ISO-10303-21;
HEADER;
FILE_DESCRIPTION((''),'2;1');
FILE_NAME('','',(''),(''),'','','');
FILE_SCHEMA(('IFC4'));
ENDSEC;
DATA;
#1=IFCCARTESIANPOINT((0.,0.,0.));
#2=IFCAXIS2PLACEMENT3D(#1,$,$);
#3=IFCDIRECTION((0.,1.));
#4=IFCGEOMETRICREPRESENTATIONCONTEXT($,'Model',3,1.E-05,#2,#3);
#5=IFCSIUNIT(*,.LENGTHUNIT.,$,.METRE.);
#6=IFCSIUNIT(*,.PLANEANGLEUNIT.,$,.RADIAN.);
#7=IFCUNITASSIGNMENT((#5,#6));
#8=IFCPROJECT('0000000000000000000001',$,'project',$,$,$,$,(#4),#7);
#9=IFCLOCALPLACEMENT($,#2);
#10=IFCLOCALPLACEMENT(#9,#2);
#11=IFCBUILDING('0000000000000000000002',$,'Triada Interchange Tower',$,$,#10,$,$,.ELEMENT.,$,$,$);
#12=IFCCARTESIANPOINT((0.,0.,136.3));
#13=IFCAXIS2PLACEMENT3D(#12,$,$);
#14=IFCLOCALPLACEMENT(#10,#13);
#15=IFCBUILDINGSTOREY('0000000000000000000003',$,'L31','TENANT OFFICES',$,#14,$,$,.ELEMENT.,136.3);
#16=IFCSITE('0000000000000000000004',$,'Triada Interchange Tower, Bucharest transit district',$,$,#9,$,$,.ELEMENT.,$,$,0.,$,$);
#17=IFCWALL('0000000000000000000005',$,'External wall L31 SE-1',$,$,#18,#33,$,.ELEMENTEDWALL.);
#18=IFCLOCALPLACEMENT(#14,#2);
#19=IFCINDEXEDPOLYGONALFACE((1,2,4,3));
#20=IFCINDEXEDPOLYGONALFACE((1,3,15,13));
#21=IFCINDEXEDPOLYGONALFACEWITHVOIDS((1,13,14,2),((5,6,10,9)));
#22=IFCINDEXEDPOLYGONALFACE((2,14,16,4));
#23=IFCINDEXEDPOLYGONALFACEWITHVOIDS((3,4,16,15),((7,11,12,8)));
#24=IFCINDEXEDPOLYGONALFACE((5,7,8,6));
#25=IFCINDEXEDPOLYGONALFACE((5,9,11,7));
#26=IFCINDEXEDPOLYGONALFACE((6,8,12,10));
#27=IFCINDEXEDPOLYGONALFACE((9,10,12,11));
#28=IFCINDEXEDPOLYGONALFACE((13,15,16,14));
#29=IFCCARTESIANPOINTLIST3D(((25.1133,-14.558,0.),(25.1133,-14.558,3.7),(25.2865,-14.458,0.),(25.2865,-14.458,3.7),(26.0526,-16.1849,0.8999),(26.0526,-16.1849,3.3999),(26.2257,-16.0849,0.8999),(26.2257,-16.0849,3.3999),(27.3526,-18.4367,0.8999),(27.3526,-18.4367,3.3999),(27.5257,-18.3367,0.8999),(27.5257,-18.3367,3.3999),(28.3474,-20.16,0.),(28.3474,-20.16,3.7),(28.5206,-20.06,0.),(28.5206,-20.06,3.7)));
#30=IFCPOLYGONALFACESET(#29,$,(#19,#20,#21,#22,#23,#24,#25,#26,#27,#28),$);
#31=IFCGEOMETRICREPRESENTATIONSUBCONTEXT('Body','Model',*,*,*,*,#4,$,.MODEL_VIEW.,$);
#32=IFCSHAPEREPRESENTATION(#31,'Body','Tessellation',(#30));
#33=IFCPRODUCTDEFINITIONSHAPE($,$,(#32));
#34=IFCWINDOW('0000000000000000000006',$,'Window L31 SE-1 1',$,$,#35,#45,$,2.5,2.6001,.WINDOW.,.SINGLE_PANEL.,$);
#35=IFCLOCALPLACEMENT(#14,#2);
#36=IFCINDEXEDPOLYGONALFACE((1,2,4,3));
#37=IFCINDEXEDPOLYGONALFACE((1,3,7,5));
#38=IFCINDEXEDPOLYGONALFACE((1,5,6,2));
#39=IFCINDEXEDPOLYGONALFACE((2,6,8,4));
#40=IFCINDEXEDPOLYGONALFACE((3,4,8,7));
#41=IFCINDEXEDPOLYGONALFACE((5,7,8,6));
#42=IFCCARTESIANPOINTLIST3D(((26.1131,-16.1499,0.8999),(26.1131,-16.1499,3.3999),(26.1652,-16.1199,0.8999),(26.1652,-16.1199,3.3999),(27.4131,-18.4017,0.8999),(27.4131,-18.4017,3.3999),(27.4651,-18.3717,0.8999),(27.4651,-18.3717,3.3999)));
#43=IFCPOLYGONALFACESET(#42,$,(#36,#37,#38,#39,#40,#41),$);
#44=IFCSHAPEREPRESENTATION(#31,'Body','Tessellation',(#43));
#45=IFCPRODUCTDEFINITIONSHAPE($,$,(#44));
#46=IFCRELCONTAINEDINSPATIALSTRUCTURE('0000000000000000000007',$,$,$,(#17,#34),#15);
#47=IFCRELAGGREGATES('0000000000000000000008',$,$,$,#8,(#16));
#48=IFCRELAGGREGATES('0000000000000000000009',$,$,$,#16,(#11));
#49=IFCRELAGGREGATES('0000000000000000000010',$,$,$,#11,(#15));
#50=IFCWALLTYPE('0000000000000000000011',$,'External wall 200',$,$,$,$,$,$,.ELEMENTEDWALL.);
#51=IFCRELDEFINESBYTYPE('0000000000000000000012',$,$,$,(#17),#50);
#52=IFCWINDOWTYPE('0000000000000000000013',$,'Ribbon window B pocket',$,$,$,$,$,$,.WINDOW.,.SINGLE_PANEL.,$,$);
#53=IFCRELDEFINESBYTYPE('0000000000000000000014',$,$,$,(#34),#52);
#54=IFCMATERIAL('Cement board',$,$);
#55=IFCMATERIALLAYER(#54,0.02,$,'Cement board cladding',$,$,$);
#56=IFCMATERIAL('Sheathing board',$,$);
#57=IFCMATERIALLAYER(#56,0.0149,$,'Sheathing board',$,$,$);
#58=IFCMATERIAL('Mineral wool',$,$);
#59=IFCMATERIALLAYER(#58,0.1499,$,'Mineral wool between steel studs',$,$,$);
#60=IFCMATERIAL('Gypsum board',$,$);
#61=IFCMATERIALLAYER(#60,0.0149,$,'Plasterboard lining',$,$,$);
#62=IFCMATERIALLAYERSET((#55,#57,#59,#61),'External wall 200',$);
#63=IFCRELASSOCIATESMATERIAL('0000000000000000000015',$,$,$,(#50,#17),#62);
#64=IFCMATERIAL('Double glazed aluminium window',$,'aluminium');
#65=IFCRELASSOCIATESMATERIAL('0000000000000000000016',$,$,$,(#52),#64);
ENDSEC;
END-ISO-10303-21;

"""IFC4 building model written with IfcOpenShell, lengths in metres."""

from ifc_helpers import new_model, si_unit, direction, frame, frame_2d, origin, place, context, subcontext, project, spatial, rectangle, extrude, material, layer, layer_set, layer_usage, type_object, element, fill, save


model = new_model("IFC4")

# Units and contexts
model_context = context("Model", 3, precision=1e-05, world=origin(), true_north=direction((0.0, 1.0)))
body_context = subcontext(model_context, "Body", "Model", "MODEL_VIEW")
ifc_project = project(units=[si_unit("LENGTHUNIT", "METRE"), si_unit("PLANEANGLEUNIT", "RADIAN")], contexts=[model_context])

# Site, building, storey
site_placement = place(None, origin())
site = spatial("IfcSite", under=ifc_project, at=site_placement, Name="Triada Interchange Tower, Bucharest transit district", CompositionType="ELEMENT", RefElevation=0.0)
building_placement = place(site_placement, origin())
building = spatial("IfcBuilding", under=site, at=building_placement, Name="Triada Interchange Tower", CompositionType="ELEMENT")
storey_placement = place(building_placement, frame((0.0, 0.0, 136.3)))
storey = spatial("IfcBuildingStorey", under=building, at=storey_placement, Name="L31", Description="TENANT OFFICES", CompositionType="ELEMENT", Elevation=136.3)

# Wall, opening, window
ifc_material_1 = material(Name="Cement board")
ifc_layer_1 = layer(ifc_material_1, 0.02, Name="Cement board cladding")
ifc_material_2 = material(Name="Sheathing board")
ifc_layer_2 = layer(ifc_material_2, 0.0149, Name="Sheathing board")
ifc_material_3 = material(Name="Mineral wool")
ifc_layer_3 = layer(ifc_material_3, 0.1499, Name="Mineral wool between steel studs")
ifc_material_4 = material(Name="Gypsum board")
ifc_layer_4 = layer(ifc_material_4, 0.0149, Name="Plasterboard lining")
ifc_layer_set_1 = layer_set([ifc_layer_1, ifc_layer_2, ifc_layer_3, ifc_layer_4], Name="External wall 200")
ifc_layer_usage = layer_usage(ifc_layer_set_1, "AXIS2", "POSITIVE", -0.1001)
wall_type = type_object("IfcWallType", Name="External wall 200", PredefinedType="ELEMENTEDWALL", material=ifc_layer_set_1)
wall_1_placement = place(storey_placement, frame((28.4341, -20.1101, 0.0), z_axis=(0.0, 0.0, 1.0), x_axis=(-0.499975, 0.86604, 0.0)))
wall_1 = element("IfcWall", 1, at=wall_1_placement, inside=storey, type_object=wall_type, material=ifc_layer_usage, Name="External wall L31 SE-1", PredefinedType="ELEMENTEDWALL", context=body_context, shape_type="SweptSolid", body=[
    extrude(rectangle(XDim=6.4685, YDim=0.2, at=frame_2d((3.2344, 0.0))), origin(), (0.0, 0.0, 1.0), 3.7),
])
opening_1_placement = place(wall_1_placement, frame((1.99, 0.0, 0.8999)))
opening_1 = element("IfcOpeningElement", 2, at=opening_1_placement, cuts=wall_1, PredefinedType="OPENING", context=body_context, shape_type="SweptSolid", body=[
    extrude(rectangle(XDim=2.6001, YDim=2.5, at=frame_2d((1.3, 1.25))), frame((0.0, 0.1099, 0.0), z_axis=(0.0, -1.0, 0.0), x_axis=(1.0, 0.0, 0.0)), (0.0, 0.0, 1.0), 0.22),
])
ifc_material_5 = material(Name="Double glazed aluminium window", Category="aluminium")
window_type_1 = type_object("IfcWindowType", Name="Ribbon window B pocket", PartitioningType="SINGLE_PANEL", PredefinedType="WINDOW", material=ifc_material_5)
window_1_placement = place(opening_1_placement, origin())
window_1 = element("IfcWindow", 3, at=window_1_placement, inside=storey, type_object=window_type_1, Name="Window L31 SE-1 1", OverallHeight=2.5, OverallWidth=2.6001, PartitioningType="SINGLE_PANEL", PredefinedType="WINDOW", context=body_context, shape_type="SweptSolid", body=[
    extrude(rectangle(XDim=2.6001, YDim=2.5, at=frame_2d((1.3, 1.25))), frame((0.0, 0.03, 0.0), z_axis=(0.0, -1.0, 0.0), x_axis=(1.0, 0.0, 0.0)), (0.0, 0.0, 1.0), 0.0601),
])
fill(opening_1, window_1)

save(model, "model.ifc")
